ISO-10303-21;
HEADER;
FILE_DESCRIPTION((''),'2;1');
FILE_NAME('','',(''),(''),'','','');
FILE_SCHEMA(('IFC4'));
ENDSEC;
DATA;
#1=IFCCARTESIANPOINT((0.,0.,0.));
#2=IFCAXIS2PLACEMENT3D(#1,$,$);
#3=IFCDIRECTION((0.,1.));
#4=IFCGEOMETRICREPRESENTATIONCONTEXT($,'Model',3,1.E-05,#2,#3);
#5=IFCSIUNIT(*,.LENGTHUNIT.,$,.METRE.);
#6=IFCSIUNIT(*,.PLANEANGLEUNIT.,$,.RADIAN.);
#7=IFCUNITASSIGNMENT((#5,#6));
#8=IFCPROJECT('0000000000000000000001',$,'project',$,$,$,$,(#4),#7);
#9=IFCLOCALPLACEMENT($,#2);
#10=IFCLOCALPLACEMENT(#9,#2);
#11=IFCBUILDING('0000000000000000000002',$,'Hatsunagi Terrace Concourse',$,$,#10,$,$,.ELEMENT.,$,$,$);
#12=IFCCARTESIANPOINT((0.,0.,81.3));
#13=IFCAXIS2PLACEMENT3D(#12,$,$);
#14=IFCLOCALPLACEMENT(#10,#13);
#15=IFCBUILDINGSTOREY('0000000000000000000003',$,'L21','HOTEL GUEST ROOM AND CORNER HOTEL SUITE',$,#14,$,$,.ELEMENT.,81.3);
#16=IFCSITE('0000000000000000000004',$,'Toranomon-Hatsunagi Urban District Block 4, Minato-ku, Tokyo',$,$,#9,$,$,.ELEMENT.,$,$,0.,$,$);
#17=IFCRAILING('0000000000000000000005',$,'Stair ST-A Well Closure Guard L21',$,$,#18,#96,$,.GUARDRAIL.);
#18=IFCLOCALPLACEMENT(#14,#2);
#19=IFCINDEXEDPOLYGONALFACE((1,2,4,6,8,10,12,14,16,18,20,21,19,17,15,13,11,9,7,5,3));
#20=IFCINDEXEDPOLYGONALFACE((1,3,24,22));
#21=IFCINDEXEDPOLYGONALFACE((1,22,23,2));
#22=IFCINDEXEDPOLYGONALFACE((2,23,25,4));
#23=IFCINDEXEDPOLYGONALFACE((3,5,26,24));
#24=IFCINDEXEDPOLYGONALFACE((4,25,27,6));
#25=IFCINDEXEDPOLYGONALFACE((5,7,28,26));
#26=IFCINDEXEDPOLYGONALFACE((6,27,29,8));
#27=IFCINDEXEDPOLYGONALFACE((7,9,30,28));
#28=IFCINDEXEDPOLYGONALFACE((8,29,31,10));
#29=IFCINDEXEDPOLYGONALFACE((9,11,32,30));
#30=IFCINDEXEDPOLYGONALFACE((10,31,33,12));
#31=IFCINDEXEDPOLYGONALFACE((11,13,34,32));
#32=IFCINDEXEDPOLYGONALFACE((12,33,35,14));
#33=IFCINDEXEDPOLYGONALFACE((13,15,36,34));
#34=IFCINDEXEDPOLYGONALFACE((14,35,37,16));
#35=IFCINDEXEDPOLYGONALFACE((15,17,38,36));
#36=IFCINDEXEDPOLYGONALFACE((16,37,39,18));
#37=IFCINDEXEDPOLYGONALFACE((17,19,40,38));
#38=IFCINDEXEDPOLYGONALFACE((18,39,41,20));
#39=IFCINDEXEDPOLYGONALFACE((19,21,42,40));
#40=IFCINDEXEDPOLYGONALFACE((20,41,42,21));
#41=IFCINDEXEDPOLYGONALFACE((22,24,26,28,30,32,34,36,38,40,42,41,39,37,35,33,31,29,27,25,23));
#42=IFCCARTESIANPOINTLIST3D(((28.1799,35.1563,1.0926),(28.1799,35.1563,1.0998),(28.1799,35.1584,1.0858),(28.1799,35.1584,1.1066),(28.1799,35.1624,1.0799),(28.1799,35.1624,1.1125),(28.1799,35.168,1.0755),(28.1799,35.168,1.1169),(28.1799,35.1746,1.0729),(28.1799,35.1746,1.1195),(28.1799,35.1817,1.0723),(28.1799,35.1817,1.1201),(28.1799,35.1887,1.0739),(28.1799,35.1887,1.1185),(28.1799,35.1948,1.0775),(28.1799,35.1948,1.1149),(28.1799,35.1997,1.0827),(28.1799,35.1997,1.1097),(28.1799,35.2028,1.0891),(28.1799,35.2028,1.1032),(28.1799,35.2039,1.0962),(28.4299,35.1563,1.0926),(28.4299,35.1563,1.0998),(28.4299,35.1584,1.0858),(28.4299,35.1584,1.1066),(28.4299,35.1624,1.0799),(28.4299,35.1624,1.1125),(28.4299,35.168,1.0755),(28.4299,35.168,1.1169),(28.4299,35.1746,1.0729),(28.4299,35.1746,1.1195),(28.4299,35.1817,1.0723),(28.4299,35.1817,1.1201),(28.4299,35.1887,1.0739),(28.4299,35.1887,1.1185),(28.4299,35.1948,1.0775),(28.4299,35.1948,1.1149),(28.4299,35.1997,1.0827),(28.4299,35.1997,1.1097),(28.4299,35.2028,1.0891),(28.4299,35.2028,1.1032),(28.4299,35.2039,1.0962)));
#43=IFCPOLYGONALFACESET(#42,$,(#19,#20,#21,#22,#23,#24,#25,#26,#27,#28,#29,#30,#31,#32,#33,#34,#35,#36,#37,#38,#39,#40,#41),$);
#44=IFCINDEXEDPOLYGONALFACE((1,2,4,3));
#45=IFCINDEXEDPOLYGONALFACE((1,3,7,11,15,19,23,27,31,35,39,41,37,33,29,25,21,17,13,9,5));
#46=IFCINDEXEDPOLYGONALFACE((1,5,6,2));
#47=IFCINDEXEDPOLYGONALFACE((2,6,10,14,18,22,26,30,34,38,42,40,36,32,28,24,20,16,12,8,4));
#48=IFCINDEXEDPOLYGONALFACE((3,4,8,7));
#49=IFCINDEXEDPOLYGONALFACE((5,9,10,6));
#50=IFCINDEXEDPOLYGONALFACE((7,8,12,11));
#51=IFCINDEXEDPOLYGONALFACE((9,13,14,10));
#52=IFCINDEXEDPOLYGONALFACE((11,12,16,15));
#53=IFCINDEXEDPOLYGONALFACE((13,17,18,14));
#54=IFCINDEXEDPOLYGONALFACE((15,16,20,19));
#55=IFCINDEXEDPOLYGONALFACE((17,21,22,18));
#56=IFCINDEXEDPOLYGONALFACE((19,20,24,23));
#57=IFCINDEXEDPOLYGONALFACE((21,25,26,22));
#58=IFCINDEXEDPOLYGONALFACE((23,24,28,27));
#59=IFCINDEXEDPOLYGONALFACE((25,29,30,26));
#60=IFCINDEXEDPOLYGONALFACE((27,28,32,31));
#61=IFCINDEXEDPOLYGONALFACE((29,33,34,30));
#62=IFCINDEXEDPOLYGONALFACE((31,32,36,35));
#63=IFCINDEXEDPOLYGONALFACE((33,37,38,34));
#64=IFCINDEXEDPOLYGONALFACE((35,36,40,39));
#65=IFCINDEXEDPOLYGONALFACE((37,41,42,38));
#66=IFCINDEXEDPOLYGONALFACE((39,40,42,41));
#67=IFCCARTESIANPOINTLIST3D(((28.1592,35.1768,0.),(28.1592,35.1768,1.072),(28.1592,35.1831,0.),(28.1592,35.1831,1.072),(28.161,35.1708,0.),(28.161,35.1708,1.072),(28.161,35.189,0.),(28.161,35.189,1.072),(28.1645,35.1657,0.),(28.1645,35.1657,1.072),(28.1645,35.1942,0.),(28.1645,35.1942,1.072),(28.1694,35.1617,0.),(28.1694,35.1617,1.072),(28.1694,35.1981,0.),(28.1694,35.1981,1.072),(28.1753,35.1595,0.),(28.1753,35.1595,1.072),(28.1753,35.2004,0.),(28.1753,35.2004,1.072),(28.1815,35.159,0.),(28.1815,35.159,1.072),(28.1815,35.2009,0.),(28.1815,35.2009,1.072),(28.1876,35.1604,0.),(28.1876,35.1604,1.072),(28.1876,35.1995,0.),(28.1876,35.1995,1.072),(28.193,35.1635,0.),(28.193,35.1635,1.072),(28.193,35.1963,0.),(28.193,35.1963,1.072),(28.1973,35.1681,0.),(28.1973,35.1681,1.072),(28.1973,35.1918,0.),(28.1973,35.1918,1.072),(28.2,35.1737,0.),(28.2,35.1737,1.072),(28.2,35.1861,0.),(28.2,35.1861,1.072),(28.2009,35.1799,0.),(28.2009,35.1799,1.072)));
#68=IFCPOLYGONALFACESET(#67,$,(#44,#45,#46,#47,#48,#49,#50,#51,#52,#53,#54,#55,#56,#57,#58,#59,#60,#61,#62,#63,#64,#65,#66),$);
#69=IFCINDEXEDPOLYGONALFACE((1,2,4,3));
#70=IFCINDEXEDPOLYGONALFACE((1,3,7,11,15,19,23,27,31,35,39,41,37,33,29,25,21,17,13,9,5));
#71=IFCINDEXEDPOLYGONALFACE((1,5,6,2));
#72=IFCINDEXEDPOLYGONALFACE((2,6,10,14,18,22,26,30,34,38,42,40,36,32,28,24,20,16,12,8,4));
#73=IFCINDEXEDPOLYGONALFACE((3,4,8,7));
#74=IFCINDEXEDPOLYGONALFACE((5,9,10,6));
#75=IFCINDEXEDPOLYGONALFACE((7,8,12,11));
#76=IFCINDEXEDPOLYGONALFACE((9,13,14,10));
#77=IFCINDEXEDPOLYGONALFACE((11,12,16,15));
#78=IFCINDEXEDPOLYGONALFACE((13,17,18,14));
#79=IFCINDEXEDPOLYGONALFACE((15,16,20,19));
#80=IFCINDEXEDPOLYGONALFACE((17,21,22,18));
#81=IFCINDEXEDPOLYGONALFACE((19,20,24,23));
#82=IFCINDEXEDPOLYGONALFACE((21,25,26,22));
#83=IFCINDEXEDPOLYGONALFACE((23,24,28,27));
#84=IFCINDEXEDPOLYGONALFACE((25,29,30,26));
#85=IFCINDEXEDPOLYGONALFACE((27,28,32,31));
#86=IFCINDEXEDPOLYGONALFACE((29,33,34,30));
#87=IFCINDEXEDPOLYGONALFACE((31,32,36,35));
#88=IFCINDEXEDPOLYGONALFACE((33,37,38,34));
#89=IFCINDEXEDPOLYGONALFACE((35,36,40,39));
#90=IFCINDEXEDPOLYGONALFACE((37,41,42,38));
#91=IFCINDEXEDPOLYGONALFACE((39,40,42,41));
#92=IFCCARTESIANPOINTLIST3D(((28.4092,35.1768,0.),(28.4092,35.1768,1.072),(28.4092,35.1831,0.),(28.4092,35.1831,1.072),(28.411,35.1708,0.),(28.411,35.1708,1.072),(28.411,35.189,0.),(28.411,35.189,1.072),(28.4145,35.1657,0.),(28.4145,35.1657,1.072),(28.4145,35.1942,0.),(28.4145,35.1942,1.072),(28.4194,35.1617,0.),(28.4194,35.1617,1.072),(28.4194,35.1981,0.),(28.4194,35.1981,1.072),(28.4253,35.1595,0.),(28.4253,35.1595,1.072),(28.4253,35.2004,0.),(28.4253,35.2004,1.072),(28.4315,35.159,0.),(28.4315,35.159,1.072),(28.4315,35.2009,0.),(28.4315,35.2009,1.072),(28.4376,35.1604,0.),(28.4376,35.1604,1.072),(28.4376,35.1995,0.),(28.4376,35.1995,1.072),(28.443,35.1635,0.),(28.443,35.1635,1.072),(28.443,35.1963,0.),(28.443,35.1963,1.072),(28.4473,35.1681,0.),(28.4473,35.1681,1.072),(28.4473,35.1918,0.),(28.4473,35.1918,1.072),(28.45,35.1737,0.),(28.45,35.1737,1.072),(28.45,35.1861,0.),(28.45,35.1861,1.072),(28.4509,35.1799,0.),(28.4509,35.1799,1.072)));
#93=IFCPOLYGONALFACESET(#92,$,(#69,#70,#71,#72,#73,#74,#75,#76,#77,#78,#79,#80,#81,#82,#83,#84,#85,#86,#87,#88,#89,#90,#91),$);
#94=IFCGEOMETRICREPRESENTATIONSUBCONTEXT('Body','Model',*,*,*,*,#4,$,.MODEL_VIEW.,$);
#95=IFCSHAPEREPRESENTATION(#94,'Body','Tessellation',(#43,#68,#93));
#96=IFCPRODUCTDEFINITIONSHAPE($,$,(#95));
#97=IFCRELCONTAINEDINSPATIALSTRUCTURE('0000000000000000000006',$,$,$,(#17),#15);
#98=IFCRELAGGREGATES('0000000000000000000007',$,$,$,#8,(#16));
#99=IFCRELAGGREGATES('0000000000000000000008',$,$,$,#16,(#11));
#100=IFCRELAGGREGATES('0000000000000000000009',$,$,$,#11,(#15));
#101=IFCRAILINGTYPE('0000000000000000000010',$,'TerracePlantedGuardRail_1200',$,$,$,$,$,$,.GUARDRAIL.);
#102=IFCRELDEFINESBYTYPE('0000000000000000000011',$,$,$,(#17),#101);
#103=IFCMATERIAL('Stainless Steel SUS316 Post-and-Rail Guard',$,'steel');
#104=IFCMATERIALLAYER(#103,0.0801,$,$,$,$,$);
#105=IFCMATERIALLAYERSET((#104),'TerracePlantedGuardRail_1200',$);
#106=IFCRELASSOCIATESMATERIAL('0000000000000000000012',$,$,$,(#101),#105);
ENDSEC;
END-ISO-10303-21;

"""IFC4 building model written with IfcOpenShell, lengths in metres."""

from ifc_helpers import new_model, si_unit, direction, frame, origin, origin_2d, place, context, subcontext, project, spatial, circle, extrude, material, layer, layer_set, type_object, element, save


model = new_model("IFC4")

# Units and contexts
model_context = context("Model", 3, precision=1e-05, world=origin(), true_north=direction((0.0, 1.0)))
body_context = subcontext(model_context, "Body", "Model", "MODEL_VIEW")
ifc_project = project(units=[si_unit("LENGTHUNIT", "METRE"), si_unit("PLANEANGLEUNIT", "RADIAN")], contexts=[model_context])

# Site, building, storey
site_placement = place(None, origin())
site = spatial("IfcSite", under=ifc_project, at=site_placement, Name="Toranomon-Hatsunagi Urban District Block 4, Minato-ku, Tokyo", CompositionType="ELEMENT", RefElevation=0.0)
building_placement = place(site_placement, origin())
building = spatial("IfcBuilding", under=site, at=building_placement, Name="Hatsunagi Terrace Concourse", CompositionType="ELEMENT")
storey_placement = place(building_placement, frame((0.0, 0.0, 81.3)))
storey = spatial("IfcBuildingStorey", under=building, at=storey_placement, Name="L21", Description="HOTEL GUEST ROOM AND CORNER HOTEL SUITE", CompositionType="ELEMENT", Elevation=81.3)

# Railing
ifc_material_1 = material(Name="Stainless Steel SUS316 Post-and-Rail Guard", Category="steel")
ifc_layer_1 = layer(ifc_material_1, 0.0801)
ifc_layer_set_1 = layer_set([ifc_layer_1], Name="TerracePlantedGuardRail_1200")
railing_type_1 = type_object("IfcRailingType", Name="TerracePlantedGuardRail_1200", PredefinedType="GUARDRAIL", material=ifc_layer_set_1)
railing_1_placement = place(storey_placement, frame((28.1799, 35.1799, 0.0)))
element("IfcRailing", 1, at=railing_1_placement, inside=storey, type_object=railing_type_1, Name="Stair ST-A Well Closure Guard L21", PredefinedType="GUARDRAIL", context=body_context, shape_type="SweptSolid", body=[
    extrude(circle(Radius=0.0239, at=origin_2d()), frame((0.0, 0.0, 1.0962), z_axis=(1.0, 0.0, 0.0), x_axis=(0.0, 1.0, 0.0)), (0.0, 0.0, 1.0), 0.25),
    extrude(circle(Radius=0.021, at=origin_2d()), origin(), (0.0, 0.0, 1.0), 1.072),
    extrude(circle(Radius=0.021, at=origin_2d()), frame((0.25, 0.0, 0.0)), (0.0, 0.0, 1.0), 1.072),
])

save(model, "model.ifc")
